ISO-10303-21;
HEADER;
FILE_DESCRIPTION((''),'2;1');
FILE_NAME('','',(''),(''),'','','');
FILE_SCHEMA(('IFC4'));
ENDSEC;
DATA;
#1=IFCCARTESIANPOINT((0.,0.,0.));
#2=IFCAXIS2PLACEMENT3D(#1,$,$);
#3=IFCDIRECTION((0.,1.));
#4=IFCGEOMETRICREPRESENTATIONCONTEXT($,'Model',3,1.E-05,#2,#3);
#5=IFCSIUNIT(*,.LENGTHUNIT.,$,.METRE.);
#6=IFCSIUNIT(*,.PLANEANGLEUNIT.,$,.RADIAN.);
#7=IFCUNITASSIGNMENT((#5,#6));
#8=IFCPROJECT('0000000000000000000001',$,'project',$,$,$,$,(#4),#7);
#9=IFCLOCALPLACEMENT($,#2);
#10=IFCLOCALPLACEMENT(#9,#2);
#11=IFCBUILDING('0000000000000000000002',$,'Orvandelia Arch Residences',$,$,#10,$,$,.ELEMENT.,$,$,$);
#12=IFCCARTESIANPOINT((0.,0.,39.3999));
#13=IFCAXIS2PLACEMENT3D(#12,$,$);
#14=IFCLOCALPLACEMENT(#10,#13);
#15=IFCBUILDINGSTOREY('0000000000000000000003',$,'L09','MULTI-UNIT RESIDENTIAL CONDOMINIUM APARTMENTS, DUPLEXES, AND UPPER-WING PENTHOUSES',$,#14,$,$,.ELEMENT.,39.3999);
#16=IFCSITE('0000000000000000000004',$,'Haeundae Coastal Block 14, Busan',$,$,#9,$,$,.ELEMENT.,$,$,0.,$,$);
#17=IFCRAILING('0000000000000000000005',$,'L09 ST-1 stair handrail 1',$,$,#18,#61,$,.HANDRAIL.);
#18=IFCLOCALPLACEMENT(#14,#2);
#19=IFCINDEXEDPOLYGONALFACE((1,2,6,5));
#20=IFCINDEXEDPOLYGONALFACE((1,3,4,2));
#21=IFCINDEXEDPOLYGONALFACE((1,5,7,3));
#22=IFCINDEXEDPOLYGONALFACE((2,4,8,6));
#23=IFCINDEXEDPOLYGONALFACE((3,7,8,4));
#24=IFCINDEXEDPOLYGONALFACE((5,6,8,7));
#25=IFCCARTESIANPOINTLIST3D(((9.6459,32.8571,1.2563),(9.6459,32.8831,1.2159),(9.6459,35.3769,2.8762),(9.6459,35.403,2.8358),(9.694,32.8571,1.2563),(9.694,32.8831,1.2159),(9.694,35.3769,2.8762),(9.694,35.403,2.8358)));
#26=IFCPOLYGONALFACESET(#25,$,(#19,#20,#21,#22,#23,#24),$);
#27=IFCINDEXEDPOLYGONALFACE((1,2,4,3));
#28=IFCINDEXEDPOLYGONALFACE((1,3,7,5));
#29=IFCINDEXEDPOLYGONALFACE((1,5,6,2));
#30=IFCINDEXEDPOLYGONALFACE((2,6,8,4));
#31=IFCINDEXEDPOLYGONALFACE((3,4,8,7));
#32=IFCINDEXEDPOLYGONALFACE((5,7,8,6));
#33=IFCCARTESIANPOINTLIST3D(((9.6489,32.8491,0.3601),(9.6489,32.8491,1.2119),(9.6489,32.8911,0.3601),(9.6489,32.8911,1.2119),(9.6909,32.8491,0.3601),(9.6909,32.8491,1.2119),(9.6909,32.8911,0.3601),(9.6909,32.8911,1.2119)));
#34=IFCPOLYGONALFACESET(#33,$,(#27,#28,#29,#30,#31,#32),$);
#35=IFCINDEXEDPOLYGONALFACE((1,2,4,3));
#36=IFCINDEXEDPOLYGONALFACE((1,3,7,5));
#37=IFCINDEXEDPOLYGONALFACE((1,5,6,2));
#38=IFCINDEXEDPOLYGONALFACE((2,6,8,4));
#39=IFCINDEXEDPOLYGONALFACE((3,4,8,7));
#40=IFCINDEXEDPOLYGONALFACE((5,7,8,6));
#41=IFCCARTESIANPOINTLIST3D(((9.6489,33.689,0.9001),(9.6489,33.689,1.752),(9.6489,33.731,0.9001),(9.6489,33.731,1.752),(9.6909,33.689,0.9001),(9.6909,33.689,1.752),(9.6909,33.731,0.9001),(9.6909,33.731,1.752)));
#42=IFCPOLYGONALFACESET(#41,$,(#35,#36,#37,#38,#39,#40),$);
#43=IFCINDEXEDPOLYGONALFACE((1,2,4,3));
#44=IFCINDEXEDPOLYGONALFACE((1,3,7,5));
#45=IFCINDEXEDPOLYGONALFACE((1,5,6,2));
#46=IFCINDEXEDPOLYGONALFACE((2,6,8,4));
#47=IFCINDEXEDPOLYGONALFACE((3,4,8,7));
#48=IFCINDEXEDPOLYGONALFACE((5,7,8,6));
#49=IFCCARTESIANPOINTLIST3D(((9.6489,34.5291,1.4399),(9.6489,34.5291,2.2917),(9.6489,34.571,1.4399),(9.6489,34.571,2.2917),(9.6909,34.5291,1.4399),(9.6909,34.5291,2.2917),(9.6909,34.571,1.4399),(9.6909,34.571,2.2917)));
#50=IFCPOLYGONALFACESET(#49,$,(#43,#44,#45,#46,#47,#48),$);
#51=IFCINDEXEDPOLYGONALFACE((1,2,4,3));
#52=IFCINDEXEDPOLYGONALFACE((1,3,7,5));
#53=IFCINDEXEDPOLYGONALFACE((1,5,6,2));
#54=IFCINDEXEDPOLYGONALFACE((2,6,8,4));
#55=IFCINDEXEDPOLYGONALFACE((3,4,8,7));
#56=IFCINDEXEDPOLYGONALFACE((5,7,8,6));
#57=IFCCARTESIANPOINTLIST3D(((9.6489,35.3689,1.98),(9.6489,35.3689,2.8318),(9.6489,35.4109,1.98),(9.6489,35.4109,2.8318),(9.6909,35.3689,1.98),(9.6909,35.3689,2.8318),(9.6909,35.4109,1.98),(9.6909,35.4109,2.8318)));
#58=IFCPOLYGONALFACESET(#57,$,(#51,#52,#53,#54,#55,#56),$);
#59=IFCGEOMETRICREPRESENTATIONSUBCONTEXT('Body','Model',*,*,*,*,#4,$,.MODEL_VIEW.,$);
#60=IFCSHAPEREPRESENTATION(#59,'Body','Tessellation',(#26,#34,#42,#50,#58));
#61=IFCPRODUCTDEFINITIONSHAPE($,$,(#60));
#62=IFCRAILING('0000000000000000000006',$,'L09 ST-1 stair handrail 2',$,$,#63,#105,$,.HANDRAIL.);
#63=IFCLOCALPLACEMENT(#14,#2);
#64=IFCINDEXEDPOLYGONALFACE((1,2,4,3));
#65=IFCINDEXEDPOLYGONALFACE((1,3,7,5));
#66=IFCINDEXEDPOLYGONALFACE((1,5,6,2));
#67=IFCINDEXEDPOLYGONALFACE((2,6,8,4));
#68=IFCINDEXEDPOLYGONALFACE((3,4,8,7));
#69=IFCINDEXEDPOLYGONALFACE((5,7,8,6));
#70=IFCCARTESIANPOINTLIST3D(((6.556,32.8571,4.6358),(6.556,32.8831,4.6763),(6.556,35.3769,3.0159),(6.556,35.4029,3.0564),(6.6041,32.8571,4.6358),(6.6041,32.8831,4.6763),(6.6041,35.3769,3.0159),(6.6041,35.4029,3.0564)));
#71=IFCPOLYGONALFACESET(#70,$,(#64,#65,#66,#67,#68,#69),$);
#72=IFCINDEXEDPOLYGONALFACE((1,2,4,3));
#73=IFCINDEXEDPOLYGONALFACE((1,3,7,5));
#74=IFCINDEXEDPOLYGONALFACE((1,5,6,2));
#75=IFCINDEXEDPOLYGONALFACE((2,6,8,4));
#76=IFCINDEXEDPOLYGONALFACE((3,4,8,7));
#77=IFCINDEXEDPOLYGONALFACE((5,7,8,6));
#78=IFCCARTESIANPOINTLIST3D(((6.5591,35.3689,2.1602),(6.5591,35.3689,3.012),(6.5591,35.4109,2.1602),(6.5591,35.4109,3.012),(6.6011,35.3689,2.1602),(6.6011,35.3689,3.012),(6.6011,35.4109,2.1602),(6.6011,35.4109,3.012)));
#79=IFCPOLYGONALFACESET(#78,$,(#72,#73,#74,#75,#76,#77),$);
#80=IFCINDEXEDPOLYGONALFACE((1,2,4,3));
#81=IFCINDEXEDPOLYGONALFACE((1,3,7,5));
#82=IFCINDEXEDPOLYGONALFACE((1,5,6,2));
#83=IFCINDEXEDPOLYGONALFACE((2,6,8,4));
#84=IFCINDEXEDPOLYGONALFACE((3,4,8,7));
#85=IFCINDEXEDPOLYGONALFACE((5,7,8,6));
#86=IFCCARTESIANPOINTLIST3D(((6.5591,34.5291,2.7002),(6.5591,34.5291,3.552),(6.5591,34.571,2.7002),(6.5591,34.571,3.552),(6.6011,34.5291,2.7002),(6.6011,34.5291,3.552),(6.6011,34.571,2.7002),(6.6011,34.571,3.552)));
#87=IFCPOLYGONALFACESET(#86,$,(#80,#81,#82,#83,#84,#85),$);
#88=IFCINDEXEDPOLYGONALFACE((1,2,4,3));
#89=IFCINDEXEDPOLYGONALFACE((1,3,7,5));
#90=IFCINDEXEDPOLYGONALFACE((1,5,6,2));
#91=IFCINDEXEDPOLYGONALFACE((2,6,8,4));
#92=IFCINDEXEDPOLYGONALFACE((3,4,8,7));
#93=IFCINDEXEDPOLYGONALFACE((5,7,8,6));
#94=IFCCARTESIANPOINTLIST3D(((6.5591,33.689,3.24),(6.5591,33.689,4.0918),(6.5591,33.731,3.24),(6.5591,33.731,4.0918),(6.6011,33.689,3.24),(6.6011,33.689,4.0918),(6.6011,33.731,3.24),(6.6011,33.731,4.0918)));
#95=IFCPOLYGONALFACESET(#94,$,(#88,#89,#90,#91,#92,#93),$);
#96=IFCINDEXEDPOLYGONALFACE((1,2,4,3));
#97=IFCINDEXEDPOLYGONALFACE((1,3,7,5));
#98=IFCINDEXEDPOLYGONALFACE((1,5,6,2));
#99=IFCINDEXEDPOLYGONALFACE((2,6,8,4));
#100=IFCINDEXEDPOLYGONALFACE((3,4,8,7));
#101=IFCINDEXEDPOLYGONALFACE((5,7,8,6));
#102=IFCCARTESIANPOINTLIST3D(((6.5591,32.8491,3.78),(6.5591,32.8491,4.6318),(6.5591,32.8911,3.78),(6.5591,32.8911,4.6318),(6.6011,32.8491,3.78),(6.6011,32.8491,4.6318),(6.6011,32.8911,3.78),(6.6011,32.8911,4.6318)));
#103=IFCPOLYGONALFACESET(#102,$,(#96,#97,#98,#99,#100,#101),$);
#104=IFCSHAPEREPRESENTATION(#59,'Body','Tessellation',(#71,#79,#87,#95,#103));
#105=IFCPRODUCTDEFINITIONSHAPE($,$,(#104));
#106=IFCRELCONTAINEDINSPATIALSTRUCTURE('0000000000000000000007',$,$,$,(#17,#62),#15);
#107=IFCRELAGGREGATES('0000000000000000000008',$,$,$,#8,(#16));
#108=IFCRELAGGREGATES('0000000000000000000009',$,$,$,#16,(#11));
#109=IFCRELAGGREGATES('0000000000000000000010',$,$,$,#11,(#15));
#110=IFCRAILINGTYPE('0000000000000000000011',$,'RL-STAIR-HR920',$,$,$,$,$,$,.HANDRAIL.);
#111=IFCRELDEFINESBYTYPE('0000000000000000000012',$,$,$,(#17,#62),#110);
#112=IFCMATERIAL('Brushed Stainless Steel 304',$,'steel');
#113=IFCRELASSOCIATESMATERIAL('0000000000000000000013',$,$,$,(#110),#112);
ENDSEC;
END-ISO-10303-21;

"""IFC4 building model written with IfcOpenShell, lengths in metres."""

from ifc_helpers import new_model, si_unit, direction, frame, origin, origin_2d, place, context, subcontext, project, spatial, rectangle, extrude, material, type_object, element, save


model = new_model("IFC4")

# Units and contexts
model_context = context("Model", 3, precision=1e-05, world=origin(), true_north=direction((0.0, 1.0)))
body_context = subcontext(model_context, "Body", "Model", "MODEL_VIEW")
ifc_project = project(units=[si_unit("LENGTHUNIT", "METRE"), si_unit("PLANEANGLEUNIT", "RADIAN")], contexts=[model_context])

# Site, building, storey
site_placement = place(None, origin())
site = spatial("IfcSite", under=ifc_project, at=site_placement, Name="Haeundae Coastal Block 14, Busan", CompositionType="ELEMENT", RefElevation=0.0)
building_placement = place(site_placement, origin())
building = spatial("IfcBuilding", under=site, at=building_placement, Name="Orvandelia Arch Residences", CompositionType="ELEMENT")
storey_placement = place(building_placement, frame((0.0, 0.0, 39.3999)))
storey = spatial("IfcBuildingStorey", under=building, at=storey_placement, Name="L09", Description="MULTI-UNIT RESIDENTIAL CONDOMINIUM APARTMENTS, DUPLEXES, AND UPPER-WING PENTHOUSES", CompositionType="ELEMENT", Elevation=39.3999)

# Railings
ifc_material_1 = material(Name="Brushed Stainless Steel 304", Category="steel")
railing_type_1 = type_object("IfcRailingType", Name="RL-STAIR-HR920", PredefinedType="HANDRAIL", material=ifc_material_1)
railing_1_placement = place(storey_placement, frame((9.6699, 32.8701, 0.3601)))
element("IfcRailing", 1, at=railing_1_placement, inside=storey, type_object=railing_type_1, Name="L09 ST-1 stair handrail 1", PredefinedType="HANDRAIL", context=body_context, shape_type="SweptSolid", body=[
    extrude(rectangle(XDim=0.0481, YDim=0.0481, at=origin_2d()), frame((0.0, 0.0, 0.876), z_axis=(0.0, 0.841176, 0.540762), x_axis=(-1.0, 0.0, 0.0)), (0.0, 0.0, 1.0), 2.9956),
    extrude(rectangle(XDim=0.042, YDim=0.042, at=origin_2d()), origin(), (0.0, 0.0, 1.0), 0.8518),
    extrude(rectangle(XDim=0.042, YDim=0.042, at=origin_2d()), frame((0.0, 0.8398, 0.54)), (0.0, 0.0, 1.0), 0.8518),
    extrude(rectangle(XDim=0.042, YDim=0.042, at=origin_2d()), frame((0.0, 1.6799, 1.0798)), (0.0, 0.0, 1.0), 0.8518),
    extrude(rectangle(XDim=0.042, YDim=0.042, at=origin_2d()), frame((0.0, 2.5198, 1.6199)), (0.0, 0.0, 1.0), 0.8518),
])
railing_2_placement = place(storey_placement, frame((6.5801, 35.3899, 2.1602)))
element("IfcRailing", 2, at=railing_2_placement, inside=storey, type_object=railing_type_1, Name="L09 ST-1 stair handrail 2", PredefinedType="HANDRAIL", context=body_context, shape_type="SweptSolid", body=[
    extrude(rectangle(XDim=0.0481, YDim=0.0481, at=origin_2d()), frame((0.0, 0.0, 0.876), z_axis=(0.0, -0.841176, 0.540762), x_axis=(1.0, 0.0, 0.0)), (0.0, 0.0, 1.0), 2.9956),
    extrude(rectangle(XDim=0.042, YDim=0.042, at=origin_2d()), origin(), (0.0, 0.0, 1.0), 0.8518),
    extrude(rectangle(XDim=0.042, YDim=0.042, at=origin_2d()), frame((0.0, -0.8398, 0.54)), (0.0, 0.0, 1.0), 0.8518),
    extrude(rectangle(XDim=0.042, YDim=0.042, at=origin_2d()), frame((0.0, -1.6799, 1.0798)), (0.0, 0.0, 1.0), 0.8518),
    extrude(rectangle(XDim=0.042, YDim=0.042, at=origin_2d()), frame((0.0, -2.5198, 1.6199)), (0.0, 0.0, 1.0), 0.8518),
])

save(model, "model.ifc")
